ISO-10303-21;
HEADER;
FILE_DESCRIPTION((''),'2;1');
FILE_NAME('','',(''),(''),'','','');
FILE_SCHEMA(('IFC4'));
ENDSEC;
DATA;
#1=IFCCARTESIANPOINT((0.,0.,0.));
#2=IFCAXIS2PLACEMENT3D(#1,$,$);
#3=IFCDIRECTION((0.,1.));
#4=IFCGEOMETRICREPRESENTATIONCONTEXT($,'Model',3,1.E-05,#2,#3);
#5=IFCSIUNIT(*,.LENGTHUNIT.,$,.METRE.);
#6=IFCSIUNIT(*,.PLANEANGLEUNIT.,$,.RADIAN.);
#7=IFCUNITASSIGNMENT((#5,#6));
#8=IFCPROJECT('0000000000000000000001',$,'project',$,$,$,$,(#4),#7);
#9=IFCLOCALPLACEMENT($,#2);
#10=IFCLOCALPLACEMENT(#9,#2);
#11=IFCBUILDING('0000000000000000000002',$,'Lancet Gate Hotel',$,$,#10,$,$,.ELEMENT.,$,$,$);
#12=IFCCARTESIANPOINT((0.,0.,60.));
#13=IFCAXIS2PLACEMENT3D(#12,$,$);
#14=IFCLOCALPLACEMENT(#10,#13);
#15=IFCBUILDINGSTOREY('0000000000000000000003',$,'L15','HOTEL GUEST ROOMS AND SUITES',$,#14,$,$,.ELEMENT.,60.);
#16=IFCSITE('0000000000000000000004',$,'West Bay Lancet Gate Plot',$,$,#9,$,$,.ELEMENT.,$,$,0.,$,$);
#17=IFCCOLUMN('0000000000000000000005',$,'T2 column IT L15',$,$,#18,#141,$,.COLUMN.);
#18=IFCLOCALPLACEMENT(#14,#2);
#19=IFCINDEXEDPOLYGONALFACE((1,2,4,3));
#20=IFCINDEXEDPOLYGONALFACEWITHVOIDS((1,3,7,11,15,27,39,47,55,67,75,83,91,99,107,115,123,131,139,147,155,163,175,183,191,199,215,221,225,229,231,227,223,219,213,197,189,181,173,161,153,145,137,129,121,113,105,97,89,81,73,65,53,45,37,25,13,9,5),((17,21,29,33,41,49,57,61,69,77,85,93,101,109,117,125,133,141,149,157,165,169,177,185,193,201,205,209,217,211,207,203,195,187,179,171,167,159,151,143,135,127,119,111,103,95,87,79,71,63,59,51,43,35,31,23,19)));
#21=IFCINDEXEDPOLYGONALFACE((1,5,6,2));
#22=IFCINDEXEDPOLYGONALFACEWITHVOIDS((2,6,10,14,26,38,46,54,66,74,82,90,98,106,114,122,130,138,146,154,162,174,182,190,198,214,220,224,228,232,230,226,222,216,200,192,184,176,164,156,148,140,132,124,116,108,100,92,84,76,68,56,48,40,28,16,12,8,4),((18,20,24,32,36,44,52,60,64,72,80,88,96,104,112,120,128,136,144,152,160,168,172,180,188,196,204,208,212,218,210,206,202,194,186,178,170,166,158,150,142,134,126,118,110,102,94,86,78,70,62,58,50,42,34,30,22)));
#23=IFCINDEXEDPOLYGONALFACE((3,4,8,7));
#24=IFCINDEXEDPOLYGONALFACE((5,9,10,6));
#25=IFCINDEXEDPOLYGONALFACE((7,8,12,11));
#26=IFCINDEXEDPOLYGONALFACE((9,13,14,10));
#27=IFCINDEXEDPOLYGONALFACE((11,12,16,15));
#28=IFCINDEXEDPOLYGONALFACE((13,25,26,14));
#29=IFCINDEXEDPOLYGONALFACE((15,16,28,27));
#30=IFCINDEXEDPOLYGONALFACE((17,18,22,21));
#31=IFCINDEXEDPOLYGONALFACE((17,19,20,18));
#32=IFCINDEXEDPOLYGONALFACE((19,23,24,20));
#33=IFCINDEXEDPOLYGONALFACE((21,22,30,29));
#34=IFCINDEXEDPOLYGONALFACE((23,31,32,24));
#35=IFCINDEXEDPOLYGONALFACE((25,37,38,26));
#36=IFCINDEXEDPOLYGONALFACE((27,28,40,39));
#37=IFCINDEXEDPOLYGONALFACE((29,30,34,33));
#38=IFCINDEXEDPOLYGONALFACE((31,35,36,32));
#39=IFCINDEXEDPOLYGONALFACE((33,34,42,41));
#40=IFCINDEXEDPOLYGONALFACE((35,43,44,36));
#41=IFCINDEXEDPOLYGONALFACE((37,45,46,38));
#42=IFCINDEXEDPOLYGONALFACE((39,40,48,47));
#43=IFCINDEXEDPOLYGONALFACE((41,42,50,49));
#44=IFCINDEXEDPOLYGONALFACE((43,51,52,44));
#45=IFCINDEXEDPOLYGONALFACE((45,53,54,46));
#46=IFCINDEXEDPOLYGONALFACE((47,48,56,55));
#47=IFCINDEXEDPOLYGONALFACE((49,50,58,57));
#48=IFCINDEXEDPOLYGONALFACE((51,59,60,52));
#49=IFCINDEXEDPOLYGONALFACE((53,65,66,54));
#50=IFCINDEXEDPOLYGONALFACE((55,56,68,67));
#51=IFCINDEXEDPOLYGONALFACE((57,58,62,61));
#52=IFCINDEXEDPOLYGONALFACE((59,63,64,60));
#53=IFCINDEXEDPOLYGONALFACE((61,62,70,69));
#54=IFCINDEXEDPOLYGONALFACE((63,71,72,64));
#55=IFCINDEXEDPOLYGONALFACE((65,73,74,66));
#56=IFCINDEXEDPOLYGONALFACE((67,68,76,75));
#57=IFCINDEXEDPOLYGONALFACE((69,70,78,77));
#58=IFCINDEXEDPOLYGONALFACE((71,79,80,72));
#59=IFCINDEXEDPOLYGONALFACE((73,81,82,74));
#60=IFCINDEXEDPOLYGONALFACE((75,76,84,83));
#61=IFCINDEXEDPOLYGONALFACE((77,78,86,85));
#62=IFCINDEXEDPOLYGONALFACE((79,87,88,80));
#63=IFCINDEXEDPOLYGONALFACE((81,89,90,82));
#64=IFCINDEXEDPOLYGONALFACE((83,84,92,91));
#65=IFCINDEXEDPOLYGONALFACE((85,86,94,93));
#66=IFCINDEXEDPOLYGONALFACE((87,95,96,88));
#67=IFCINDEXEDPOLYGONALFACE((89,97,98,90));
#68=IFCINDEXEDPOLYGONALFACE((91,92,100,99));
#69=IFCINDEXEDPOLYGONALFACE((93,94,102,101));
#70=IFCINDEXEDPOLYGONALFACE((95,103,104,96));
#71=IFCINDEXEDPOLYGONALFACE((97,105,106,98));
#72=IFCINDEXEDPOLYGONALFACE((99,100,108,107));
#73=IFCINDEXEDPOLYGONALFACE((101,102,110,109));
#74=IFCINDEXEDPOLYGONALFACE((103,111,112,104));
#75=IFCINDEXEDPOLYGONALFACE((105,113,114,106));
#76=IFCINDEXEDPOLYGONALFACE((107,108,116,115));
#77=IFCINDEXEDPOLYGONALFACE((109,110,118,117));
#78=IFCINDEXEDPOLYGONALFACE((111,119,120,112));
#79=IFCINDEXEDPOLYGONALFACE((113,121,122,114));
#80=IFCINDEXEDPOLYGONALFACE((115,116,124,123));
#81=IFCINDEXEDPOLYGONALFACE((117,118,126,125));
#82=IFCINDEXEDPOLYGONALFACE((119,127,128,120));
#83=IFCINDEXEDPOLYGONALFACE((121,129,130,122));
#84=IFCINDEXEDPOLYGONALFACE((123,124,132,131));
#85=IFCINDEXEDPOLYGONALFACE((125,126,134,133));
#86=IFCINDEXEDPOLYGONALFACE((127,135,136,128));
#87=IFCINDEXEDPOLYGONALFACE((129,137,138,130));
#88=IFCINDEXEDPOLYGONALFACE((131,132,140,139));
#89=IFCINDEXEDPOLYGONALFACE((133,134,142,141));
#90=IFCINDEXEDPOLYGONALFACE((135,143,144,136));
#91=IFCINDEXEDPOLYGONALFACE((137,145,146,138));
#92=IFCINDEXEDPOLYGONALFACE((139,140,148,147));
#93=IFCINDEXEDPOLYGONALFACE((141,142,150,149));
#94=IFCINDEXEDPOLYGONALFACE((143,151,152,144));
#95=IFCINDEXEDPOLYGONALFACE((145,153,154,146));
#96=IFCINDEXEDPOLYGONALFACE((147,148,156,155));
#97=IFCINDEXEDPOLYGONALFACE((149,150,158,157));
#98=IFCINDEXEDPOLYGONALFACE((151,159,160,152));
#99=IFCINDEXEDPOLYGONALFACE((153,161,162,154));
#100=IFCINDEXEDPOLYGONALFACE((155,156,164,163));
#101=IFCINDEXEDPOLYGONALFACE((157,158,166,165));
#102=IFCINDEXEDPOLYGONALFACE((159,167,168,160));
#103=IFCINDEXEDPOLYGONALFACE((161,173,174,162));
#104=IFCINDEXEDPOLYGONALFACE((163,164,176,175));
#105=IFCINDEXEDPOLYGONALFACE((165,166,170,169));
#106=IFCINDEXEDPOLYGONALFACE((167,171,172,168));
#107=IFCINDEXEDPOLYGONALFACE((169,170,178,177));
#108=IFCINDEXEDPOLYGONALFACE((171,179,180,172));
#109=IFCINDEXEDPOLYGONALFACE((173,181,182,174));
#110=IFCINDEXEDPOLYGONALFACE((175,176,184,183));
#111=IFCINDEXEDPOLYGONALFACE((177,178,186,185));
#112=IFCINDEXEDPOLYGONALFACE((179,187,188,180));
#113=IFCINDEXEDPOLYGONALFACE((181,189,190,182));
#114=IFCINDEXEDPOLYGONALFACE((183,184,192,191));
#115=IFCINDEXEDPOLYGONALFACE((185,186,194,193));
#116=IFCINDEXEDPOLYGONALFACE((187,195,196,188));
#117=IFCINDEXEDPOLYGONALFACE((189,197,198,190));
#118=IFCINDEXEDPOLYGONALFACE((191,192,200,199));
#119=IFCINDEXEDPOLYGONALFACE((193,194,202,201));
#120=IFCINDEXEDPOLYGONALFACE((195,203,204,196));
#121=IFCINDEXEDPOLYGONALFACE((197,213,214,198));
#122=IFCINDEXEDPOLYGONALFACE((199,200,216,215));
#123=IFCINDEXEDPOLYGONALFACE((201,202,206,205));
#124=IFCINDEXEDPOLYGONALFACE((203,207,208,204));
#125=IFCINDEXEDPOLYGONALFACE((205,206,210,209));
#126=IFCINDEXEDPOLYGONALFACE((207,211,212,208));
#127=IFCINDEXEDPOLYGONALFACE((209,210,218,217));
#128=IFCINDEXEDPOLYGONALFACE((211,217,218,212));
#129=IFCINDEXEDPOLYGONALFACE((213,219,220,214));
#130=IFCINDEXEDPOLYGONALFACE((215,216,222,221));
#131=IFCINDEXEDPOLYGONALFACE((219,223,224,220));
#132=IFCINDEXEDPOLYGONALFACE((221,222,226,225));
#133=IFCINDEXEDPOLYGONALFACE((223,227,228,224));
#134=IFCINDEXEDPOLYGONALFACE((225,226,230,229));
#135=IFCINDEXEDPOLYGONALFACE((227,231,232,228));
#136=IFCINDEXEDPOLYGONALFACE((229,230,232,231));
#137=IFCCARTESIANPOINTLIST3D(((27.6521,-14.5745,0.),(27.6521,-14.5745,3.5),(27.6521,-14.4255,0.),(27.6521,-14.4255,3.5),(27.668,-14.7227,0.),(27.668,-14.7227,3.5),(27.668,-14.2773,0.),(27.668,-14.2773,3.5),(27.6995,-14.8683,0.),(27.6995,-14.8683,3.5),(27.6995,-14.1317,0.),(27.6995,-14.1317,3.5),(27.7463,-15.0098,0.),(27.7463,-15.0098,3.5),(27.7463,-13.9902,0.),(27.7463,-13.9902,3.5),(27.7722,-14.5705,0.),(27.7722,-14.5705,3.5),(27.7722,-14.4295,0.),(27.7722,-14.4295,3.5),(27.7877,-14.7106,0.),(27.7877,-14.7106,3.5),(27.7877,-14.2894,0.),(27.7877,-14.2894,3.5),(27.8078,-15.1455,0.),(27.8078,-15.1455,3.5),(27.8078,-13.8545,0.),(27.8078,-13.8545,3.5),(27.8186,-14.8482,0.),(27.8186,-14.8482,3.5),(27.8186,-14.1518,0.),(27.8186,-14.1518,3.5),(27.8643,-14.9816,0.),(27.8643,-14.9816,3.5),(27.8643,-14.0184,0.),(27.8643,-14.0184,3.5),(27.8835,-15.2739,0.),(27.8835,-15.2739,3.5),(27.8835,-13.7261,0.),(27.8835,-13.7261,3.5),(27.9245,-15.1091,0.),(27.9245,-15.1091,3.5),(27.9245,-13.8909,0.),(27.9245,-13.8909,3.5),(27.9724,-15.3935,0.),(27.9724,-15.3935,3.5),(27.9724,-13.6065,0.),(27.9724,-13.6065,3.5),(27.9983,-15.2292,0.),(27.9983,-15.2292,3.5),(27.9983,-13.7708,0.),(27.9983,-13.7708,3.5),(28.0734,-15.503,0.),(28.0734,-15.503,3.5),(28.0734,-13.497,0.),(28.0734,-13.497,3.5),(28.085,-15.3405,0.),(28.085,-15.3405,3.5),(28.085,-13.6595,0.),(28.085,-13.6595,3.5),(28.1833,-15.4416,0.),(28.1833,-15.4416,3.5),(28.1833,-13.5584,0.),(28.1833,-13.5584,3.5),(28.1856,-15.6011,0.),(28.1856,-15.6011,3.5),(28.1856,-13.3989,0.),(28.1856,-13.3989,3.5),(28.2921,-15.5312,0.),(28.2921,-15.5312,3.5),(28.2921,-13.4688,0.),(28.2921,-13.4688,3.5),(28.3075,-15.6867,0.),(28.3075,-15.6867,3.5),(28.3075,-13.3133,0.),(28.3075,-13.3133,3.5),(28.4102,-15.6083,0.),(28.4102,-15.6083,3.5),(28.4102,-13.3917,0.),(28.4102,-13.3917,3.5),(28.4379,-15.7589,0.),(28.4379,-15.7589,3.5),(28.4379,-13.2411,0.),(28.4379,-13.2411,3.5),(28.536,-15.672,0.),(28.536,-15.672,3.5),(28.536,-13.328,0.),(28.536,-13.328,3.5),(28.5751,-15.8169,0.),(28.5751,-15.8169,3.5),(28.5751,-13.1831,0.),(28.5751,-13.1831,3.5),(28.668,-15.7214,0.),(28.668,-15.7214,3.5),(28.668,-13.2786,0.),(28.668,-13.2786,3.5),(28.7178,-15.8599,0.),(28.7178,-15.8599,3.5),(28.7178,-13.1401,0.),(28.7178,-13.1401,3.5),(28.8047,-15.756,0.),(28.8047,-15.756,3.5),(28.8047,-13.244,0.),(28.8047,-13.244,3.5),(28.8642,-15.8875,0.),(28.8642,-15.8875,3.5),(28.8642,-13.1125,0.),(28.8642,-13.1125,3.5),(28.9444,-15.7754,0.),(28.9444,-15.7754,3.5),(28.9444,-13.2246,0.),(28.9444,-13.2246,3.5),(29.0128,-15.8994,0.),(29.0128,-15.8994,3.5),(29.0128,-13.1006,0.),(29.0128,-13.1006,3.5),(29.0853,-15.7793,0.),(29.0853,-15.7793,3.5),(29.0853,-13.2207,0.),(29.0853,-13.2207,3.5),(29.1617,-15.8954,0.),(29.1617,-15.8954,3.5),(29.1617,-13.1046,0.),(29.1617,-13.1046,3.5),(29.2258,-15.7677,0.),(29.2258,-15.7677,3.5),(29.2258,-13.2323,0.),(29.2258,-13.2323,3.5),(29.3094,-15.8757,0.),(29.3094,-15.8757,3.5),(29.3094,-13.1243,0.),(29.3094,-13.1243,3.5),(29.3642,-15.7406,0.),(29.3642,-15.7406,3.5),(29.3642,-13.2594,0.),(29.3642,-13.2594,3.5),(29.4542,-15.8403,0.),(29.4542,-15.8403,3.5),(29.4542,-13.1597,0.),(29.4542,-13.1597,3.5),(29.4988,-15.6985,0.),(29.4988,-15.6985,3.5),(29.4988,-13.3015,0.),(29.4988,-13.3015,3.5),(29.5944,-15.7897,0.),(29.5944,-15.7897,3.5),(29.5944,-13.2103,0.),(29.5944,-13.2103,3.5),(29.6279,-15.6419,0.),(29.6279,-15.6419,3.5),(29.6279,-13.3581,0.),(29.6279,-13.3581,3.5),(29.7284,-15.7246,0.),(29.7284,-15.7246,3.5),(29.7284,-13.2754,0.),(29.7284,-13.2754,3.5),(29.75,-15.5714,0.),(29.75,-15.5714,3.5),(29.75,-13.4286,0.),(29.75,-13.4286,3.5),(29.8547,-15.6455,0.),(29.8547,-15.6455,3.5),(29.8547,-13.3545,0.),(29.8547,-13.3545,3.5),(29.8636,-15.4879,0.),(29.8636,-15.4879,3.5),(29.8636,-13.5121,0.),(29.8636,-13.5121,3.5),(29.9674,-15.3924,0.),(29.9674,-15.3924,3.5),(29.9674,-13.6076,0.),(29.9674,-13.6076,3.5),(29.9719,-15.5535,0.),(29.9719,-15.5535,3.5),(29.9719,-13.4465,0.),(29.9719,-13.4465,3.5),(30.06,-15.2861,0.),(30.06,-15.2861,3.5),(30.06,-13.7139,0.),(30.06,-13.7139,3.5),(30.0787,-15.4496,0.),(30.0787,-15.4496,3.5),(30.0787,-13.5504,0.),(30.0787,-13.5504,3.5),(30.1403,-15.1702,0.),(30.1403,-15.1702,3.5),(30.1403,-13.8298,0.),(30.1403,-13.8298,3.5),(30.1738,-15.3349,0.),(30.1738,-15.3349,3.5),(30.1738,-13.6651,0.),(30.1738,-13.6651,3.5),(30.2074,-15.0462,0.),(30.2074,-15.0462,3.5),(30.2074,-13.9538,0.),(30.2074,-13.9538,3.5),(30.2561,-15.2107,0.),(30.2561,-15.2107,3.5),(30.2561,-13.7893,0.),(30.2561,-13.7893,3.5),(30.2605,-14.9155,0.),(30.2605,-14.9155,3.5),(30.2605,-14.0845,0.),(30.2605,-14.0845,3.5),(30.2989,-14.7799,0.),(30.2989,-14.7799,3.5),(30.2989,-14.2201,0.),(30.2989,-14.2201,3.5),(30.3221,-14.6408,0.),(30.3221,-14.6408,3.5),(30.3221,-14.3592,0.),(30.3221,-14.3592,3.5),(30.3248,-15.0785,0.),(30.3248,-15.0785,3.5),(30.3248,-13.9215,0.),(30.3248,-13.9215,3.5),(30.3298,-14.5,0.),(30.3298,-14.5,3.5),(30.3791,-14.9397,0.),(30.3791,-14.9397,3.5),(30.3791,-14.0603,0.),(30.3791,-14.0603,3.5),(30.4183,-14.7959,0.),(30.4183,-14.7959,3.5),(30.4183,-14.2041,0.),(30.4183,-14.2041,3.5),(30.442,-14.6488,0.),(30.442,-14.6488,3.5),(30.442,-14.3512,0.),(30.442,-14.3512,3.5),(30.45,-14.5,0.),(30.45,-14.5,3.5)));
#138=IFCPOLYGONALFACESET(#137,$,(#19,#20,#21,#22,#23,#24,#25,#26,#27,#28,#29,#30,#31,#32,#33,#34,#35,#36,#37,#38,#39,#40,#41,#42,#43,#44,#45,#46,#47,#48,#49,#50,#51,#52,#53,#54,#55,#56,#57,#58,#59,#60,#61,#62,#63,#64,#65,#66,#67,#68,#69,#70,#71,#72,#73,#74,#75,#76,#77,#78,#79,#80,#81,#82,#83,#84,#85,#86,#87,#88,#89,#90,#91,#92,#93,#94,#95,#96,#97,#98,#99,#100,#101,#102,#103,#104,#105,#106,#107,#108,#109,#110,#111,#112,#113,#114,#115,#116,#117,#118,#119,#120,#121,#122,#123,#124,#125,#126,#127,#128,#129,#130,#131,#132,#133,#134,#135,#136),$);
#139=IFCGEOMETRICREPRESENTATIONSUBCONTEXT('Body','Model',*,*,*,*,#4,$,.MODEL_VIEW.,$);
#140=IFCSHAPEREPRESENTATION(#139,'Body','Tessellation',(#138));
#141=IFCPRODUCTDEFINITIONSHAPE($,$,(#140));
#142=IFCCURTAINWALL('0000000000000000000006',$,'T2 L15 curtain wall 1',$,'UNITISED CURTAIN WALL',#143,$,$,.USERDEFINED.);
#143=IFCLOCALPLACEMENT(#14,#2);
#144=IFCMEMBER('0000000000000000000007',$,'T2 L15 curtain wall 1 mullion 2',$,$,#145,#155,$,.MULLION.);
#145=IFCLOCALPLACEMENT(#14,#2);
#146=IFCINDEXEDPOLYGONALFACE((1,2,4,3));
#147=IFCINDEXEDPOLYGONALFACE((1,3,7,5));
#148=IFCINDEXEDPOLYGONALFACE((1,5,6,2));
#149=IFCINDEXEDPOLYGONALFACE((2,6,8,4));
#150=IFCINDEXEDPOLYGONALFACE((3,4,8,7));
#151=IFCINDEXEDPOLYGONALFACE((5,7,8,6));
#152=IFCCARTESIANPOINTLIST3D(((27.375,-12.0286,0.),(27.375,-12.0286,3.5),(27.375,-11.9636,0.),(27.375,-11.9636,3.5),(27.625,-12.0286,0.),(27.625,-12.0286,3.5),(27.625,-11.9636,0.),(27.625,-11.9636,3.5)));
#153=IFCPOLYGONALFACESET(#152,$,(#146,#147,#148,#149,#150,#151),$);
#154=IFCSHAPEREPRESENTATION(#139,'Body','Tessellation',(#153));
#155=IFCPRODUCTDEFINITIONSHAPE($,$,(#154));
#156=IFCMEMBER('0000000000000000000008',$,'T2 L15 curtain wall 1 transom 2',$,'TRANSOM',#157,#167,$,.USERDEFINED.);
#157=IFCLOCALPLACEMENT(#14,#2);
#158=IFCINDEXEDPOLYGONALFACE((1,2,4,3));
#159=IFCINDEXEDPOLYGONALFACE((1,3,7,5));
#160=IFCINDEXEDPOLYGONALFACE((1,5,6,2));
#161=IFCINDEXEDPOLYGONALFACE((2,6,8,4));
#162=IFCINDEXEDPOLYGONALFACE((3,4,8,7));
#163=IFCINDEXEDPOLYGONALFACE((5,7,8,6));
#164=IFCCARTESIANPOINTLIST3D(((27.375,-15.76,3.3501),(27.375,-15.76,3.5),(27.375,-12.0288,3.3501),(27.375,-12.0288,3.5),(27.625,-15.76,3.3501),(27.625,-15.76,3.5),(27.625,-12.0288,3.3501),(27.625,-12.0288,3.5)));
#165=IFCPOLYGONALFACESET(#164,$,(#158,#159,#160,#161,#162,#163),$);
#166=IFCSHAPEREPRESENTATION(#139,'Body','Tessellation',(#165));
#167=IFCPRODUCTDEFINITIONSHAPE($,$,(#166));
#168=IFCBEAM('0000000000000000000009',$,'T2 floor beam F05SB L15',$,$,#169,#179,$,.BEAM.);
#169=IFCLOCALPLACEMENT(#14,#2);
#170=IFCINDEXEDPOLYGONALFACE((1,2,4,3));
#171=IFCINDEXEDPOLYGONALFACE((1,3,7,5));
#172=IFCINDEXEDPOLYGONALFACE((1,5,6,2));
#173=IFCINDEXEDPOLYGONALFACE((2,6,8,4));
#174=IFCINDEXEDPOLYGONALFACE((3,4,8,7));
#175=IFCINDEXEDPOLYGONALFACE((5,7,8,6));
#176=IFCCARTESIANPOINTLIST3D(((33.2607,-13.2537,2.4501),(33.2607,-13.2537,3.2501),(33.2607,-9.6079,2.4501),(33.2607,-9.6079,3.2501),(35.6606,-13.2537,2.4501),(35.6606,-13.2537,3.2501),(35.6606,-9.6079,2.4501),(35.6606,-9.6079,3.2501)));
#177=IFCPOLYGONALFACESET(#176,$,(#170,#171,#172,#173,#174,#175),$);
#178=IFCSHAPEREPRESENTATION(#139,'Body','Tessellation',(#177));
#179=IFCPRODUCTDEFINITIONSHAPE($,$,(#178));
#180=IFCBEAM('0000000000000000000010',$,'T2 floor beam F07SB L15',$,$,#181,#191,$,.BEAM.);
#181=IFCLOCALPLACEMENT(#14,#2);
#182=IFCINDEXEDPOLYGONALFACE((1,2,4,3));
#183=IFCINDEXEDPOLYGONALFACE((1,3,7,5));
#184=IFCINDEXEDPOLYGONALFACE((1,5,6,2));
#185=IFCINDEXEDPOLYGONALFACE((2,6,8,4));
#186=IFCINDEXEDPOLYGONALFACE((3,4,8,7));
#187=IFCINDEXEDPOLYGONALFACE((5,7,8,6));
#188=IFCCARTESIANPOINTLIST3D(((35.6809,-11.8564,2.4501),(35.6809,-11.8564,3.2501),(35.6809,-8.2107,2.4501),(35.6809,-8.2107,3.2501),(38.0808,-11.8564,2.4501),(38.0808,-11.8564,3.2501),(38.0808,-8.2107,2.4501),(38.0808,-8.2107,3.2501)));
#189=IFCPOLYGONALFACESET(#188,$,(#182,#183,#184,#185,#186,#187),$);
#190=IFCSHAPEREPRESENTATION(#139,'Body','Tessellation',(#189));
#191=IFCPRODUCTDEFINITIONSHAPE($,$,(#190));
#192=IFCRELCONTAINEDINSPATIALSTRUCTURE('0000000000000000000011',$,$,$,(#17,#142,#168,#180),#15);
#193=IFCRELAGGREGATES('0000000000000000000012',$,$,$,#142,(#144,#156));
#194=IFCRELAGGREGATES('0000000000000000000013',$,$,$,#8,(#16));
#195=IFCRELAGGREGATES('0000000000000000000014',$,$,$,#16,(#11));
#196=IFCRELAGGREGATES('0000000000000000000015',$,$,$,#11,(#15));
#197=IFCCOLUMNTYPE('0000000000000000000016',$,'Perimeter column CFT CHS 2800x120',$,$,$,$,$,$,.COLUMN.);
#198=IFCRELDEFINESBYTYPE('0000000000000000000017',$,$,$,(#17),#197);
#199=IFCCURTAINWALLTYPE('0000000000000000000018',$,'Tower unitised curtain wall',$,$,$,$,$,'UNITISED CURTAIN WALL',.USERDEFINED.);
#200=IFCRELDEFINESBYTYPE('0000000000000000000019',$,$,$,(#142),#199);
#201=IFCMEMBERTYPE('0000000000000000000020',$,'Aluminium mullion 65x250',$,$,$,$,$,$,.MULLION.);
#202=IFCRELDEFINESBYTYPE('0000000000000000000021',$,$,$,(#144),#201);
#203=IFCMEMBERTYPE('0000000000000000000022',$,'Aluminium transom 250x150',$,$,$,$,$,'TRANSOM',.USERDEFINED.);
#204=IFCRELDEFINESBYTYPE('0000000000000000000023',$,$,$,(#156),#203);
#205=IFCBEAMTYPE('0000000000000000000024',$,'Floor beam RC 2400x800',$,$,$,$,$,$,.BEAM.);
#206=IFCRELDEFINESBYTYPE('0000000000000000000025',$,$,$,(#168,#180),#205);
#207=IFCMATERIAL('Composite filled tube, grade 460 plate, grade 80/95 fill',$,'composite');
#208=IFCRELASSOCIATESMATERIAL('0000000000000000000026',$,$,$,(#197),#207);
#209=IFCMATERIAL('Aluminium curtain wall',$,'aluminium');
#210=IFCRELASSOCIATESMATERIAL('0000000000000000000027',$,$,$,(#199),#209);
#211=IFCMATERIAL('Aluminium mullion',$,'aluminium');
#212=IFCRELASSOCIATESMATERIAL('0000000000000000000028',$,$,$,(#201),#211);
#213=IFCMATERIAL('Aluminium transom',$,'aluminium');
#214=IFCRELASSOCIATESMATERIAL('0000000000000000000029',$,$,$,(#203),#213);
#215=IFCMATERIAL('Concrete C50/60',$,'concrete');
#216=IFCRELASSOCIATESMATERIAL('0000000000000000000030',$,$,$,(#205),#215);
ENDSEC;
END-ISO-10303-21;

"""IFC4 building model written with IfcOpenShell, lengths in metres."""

from ifc_helpers import new_model, si_unit, direction, frame, origin, origin_2d, place, context, subcontext, project, spatial, rectangle, hollow_circle, extrude, material, material_profile, profile_set, type_object, element, aggregate, save


model = new_model("IFC4")

# Units and contexts
model_context = context("Model", 3, precision=1e-05, world=origin(), true_north=direction((0.0, 1.0)))
body_context = subcontext(model_context, "Body", "Model", "MODEL_VIEW")
ifc_project = project(units=[si_unit("LENGTHUNIT", "METRE"), si_unit("PLANEANGLEUNIT", "RADIAN")], contexts=[model_context])

# Site, building, storey
site_placement = place(None, origin())
site = spatial("IfcSite", under=ifc_project, at=site_placement, Name="West Bay Lancet Gate Plot", CompositionType="ELEMENT", RefElevation=0.0)
building_placement = place(site_placement, origin())
building = spatial("IfcBuilding", under=site, at=building_placement, Name="Lancet Gate Hotel", CompositionType="ELEMENT")
storey_placement = place(building_placement, frame((0.0, 0.0, 60.0)))
storey = spatial("IfcBuildingStorey", under=building, at=storey_placement, Name="L15", Description="HOTEL GUEST ROOMS AND SUITES", CompositionType="ELEMENT", Elevation=60.0)

# Column
ifc_material_1 = material(Name="Composite filled tube, grade 460 plate, grade 80/95 fill", Category="composite")
ifc_material_profile_1 = material_profile(ifc_material_1, hollow_circle(Radius=1.3999, WallThickness=0.1201, at=origin_2d()), Name="CHS 2800x120")
ifc_profile_set_1 = profile_set([ifc_material_profile_1], Name="Composite filled tube, grade 460 plate, grade 80/95 fill")
column_type = type_object("IfcColumnType", Name="Perimeter column CFT CHS 2800x120", PredefinedType="COLUMN", material=ifc_profile_set_1)
for number, where, z_axis, x_axis, name in (
    (1, (29.05, -14.5, 0.0), (0.0, 0.0, 1.0), (1.0, 0.0, 0.0), "T2 column IT L15"),
):
    element("IfcColumn", number, at=place(storey_placement, frame(where, z_axis=z_axis, x_axis=x_axis)), inside=storey, type_object=column_type, Name=name, PredefinedType="COLUMN", context=body_context, shape_type="SweptSolid", body=[
        extrude(hollow_circle(Radius=1.3999, WallThickness=0.1201, at=origin_2d()), origin(), (0.0, 0.0, 1.0), 3.5),
    ])

# Curtain wall, members
ifc_material_2 = material(Name="Aluminium curtain wall", Category="aluminium")
curtain_wall_type = type_object("IfcCurtainWallType", Name="Tower unitised curtain wall", ElementType="UNITISED CURTAIN WALL", PredefinedType="USERDEFINED", material=ifc_material_2)
curtain_wall_placement = place(storey_placement, origin())
curtain_wall = element("IfcCurtainWall", 2, at=curtain_wall_placement, inside=storey, type_object=curtain_wall_type, Name="T2 L15 curtain wall 1", ObjectType="UNITISED CURTAIN WALL", PredefinedType="USERDEFINED")
ifc_material_3 = material(Name="Aluminium mullion", Category="aluminium")
ifc_material_profile_2 = material_profile(ifc_material_3, rectangle(XDim=0.0649, YDim=0.25, at=origin_2d()), Name="MULLION 65x250")
ifc_profile_set_2 = profile_set([ifc_material_profile_2], Name="Aluminium mullion")
member_type_1 = type_object("IfcMemberType", Name="Aluminium mullion 65x250", PredefinedType="MULLION", material=ifc_profile_set_2)
member_1_placement = place(storey_placement, frame((27.5, -11.9961, 0.0), z_axis=(0.0, 0.0, 1.0), x_axis=(0.0, -1.0, 0.0)))
member_1 = element("IfcMember", 3, at=member_1_placement, type_object=member_type_1, Name="T2 L15 curtain wall 1 mullion 2", PredefinedType="MULLION", context=body_context, shape_type="SweptSolid", body=[
    extrude(rectangle(XDim=0.0649, YDim=0.25, at=origin_2d()), origin(), (0.0, 0.0, 1.0), 3.5),
])
ifc_material_4 = material(Name="Aluminium transom", Category="aluminium")
ifc_material_profile_3 = material_profile(ifc_material_4, rectangle(XDim=0.25, YDim=0.1499, at=origin_2d()), Name="TRANSOM 250x150")
ifc_profile_set_3 = profile_set([ifc_material_profile_3], Name="Aluminium transom")
member_type_2 = type_object("IfcMemberType", Name="Aluminium transom 250x150", ElementType="TRANSOM", PredefinedType="USERDEFINED", material=ifc_profile_set_3)
member_2_placement = place(storey_placement, frame((27.5, -12.0288, 3.425), z_axis=(0.0, -1.0, 0.0), x_axis=(1.0, 0.0, 0.0)))
member_2 = element("IfcMember", 4, at=member_2_placement, type_object=member_type_2, Name="T2 L15 curtain wall 1 transom 2", ObjectType="TRANSOM", PredefinedType="USERDEFINED", context=body_context, shape_type="SweptSolid", body=[
    extrude(rectangle(XDim=0.25, YDim=0.1499, at=origin_2d()), origin(), (0.0, 0.0, 1.0), 3.7312),
])

# Beams
ifc_material_5 = material(Name="Concrete C50/60", Category="concrete")
ifc_material_profile_4 = material_profile(ifc_material_5, rectangle(XDim=2.3999, YDim=0.8, at=origin_2d()), Name="RC 2400x800")
ifc_profile_set_4 = profile_set([ifc_material_profile_4], Name="Concrete C50/60")
beam_type_1 = type_object("IfcBeamType", Name="Floor beam RC 2400x800", PredefinedType="BEAM", material=ifc_profile_set_4)
for number, where, z_axis, x_axis, name in (
    (5, (34.4607, -13.2537, 2.8501), (0.0, 1.0, 0.0), (-1.0, 0.0, 0.0), "T2 floor beam F05SB L15"),
    (6, (36.8809, -11.8564, 2.8501), (0.0, 1.0, 0.0), (-1.0, 0.0, 0.0), "T2 floor beam F07SB L15"),
):
    element("IfcBeam", number, at=place(storey_placement, frame(where, z_axis=z_axis, x_axis=x_axis)), inside=storey, type_object=beam_type_1, Name=name, PredefinedType="BEAM", context=body_context, shape_type="SweptSolid", body=[
        extrude(rectangle(XDim=2.3999, YDim=0.8, at=origin_2d()), origin(), (0.0, 0.0, 1.0), 3.6458),
    ])

aggregate(curtain_wall, [member_1, member_2])

save(model, "model.ifc")
